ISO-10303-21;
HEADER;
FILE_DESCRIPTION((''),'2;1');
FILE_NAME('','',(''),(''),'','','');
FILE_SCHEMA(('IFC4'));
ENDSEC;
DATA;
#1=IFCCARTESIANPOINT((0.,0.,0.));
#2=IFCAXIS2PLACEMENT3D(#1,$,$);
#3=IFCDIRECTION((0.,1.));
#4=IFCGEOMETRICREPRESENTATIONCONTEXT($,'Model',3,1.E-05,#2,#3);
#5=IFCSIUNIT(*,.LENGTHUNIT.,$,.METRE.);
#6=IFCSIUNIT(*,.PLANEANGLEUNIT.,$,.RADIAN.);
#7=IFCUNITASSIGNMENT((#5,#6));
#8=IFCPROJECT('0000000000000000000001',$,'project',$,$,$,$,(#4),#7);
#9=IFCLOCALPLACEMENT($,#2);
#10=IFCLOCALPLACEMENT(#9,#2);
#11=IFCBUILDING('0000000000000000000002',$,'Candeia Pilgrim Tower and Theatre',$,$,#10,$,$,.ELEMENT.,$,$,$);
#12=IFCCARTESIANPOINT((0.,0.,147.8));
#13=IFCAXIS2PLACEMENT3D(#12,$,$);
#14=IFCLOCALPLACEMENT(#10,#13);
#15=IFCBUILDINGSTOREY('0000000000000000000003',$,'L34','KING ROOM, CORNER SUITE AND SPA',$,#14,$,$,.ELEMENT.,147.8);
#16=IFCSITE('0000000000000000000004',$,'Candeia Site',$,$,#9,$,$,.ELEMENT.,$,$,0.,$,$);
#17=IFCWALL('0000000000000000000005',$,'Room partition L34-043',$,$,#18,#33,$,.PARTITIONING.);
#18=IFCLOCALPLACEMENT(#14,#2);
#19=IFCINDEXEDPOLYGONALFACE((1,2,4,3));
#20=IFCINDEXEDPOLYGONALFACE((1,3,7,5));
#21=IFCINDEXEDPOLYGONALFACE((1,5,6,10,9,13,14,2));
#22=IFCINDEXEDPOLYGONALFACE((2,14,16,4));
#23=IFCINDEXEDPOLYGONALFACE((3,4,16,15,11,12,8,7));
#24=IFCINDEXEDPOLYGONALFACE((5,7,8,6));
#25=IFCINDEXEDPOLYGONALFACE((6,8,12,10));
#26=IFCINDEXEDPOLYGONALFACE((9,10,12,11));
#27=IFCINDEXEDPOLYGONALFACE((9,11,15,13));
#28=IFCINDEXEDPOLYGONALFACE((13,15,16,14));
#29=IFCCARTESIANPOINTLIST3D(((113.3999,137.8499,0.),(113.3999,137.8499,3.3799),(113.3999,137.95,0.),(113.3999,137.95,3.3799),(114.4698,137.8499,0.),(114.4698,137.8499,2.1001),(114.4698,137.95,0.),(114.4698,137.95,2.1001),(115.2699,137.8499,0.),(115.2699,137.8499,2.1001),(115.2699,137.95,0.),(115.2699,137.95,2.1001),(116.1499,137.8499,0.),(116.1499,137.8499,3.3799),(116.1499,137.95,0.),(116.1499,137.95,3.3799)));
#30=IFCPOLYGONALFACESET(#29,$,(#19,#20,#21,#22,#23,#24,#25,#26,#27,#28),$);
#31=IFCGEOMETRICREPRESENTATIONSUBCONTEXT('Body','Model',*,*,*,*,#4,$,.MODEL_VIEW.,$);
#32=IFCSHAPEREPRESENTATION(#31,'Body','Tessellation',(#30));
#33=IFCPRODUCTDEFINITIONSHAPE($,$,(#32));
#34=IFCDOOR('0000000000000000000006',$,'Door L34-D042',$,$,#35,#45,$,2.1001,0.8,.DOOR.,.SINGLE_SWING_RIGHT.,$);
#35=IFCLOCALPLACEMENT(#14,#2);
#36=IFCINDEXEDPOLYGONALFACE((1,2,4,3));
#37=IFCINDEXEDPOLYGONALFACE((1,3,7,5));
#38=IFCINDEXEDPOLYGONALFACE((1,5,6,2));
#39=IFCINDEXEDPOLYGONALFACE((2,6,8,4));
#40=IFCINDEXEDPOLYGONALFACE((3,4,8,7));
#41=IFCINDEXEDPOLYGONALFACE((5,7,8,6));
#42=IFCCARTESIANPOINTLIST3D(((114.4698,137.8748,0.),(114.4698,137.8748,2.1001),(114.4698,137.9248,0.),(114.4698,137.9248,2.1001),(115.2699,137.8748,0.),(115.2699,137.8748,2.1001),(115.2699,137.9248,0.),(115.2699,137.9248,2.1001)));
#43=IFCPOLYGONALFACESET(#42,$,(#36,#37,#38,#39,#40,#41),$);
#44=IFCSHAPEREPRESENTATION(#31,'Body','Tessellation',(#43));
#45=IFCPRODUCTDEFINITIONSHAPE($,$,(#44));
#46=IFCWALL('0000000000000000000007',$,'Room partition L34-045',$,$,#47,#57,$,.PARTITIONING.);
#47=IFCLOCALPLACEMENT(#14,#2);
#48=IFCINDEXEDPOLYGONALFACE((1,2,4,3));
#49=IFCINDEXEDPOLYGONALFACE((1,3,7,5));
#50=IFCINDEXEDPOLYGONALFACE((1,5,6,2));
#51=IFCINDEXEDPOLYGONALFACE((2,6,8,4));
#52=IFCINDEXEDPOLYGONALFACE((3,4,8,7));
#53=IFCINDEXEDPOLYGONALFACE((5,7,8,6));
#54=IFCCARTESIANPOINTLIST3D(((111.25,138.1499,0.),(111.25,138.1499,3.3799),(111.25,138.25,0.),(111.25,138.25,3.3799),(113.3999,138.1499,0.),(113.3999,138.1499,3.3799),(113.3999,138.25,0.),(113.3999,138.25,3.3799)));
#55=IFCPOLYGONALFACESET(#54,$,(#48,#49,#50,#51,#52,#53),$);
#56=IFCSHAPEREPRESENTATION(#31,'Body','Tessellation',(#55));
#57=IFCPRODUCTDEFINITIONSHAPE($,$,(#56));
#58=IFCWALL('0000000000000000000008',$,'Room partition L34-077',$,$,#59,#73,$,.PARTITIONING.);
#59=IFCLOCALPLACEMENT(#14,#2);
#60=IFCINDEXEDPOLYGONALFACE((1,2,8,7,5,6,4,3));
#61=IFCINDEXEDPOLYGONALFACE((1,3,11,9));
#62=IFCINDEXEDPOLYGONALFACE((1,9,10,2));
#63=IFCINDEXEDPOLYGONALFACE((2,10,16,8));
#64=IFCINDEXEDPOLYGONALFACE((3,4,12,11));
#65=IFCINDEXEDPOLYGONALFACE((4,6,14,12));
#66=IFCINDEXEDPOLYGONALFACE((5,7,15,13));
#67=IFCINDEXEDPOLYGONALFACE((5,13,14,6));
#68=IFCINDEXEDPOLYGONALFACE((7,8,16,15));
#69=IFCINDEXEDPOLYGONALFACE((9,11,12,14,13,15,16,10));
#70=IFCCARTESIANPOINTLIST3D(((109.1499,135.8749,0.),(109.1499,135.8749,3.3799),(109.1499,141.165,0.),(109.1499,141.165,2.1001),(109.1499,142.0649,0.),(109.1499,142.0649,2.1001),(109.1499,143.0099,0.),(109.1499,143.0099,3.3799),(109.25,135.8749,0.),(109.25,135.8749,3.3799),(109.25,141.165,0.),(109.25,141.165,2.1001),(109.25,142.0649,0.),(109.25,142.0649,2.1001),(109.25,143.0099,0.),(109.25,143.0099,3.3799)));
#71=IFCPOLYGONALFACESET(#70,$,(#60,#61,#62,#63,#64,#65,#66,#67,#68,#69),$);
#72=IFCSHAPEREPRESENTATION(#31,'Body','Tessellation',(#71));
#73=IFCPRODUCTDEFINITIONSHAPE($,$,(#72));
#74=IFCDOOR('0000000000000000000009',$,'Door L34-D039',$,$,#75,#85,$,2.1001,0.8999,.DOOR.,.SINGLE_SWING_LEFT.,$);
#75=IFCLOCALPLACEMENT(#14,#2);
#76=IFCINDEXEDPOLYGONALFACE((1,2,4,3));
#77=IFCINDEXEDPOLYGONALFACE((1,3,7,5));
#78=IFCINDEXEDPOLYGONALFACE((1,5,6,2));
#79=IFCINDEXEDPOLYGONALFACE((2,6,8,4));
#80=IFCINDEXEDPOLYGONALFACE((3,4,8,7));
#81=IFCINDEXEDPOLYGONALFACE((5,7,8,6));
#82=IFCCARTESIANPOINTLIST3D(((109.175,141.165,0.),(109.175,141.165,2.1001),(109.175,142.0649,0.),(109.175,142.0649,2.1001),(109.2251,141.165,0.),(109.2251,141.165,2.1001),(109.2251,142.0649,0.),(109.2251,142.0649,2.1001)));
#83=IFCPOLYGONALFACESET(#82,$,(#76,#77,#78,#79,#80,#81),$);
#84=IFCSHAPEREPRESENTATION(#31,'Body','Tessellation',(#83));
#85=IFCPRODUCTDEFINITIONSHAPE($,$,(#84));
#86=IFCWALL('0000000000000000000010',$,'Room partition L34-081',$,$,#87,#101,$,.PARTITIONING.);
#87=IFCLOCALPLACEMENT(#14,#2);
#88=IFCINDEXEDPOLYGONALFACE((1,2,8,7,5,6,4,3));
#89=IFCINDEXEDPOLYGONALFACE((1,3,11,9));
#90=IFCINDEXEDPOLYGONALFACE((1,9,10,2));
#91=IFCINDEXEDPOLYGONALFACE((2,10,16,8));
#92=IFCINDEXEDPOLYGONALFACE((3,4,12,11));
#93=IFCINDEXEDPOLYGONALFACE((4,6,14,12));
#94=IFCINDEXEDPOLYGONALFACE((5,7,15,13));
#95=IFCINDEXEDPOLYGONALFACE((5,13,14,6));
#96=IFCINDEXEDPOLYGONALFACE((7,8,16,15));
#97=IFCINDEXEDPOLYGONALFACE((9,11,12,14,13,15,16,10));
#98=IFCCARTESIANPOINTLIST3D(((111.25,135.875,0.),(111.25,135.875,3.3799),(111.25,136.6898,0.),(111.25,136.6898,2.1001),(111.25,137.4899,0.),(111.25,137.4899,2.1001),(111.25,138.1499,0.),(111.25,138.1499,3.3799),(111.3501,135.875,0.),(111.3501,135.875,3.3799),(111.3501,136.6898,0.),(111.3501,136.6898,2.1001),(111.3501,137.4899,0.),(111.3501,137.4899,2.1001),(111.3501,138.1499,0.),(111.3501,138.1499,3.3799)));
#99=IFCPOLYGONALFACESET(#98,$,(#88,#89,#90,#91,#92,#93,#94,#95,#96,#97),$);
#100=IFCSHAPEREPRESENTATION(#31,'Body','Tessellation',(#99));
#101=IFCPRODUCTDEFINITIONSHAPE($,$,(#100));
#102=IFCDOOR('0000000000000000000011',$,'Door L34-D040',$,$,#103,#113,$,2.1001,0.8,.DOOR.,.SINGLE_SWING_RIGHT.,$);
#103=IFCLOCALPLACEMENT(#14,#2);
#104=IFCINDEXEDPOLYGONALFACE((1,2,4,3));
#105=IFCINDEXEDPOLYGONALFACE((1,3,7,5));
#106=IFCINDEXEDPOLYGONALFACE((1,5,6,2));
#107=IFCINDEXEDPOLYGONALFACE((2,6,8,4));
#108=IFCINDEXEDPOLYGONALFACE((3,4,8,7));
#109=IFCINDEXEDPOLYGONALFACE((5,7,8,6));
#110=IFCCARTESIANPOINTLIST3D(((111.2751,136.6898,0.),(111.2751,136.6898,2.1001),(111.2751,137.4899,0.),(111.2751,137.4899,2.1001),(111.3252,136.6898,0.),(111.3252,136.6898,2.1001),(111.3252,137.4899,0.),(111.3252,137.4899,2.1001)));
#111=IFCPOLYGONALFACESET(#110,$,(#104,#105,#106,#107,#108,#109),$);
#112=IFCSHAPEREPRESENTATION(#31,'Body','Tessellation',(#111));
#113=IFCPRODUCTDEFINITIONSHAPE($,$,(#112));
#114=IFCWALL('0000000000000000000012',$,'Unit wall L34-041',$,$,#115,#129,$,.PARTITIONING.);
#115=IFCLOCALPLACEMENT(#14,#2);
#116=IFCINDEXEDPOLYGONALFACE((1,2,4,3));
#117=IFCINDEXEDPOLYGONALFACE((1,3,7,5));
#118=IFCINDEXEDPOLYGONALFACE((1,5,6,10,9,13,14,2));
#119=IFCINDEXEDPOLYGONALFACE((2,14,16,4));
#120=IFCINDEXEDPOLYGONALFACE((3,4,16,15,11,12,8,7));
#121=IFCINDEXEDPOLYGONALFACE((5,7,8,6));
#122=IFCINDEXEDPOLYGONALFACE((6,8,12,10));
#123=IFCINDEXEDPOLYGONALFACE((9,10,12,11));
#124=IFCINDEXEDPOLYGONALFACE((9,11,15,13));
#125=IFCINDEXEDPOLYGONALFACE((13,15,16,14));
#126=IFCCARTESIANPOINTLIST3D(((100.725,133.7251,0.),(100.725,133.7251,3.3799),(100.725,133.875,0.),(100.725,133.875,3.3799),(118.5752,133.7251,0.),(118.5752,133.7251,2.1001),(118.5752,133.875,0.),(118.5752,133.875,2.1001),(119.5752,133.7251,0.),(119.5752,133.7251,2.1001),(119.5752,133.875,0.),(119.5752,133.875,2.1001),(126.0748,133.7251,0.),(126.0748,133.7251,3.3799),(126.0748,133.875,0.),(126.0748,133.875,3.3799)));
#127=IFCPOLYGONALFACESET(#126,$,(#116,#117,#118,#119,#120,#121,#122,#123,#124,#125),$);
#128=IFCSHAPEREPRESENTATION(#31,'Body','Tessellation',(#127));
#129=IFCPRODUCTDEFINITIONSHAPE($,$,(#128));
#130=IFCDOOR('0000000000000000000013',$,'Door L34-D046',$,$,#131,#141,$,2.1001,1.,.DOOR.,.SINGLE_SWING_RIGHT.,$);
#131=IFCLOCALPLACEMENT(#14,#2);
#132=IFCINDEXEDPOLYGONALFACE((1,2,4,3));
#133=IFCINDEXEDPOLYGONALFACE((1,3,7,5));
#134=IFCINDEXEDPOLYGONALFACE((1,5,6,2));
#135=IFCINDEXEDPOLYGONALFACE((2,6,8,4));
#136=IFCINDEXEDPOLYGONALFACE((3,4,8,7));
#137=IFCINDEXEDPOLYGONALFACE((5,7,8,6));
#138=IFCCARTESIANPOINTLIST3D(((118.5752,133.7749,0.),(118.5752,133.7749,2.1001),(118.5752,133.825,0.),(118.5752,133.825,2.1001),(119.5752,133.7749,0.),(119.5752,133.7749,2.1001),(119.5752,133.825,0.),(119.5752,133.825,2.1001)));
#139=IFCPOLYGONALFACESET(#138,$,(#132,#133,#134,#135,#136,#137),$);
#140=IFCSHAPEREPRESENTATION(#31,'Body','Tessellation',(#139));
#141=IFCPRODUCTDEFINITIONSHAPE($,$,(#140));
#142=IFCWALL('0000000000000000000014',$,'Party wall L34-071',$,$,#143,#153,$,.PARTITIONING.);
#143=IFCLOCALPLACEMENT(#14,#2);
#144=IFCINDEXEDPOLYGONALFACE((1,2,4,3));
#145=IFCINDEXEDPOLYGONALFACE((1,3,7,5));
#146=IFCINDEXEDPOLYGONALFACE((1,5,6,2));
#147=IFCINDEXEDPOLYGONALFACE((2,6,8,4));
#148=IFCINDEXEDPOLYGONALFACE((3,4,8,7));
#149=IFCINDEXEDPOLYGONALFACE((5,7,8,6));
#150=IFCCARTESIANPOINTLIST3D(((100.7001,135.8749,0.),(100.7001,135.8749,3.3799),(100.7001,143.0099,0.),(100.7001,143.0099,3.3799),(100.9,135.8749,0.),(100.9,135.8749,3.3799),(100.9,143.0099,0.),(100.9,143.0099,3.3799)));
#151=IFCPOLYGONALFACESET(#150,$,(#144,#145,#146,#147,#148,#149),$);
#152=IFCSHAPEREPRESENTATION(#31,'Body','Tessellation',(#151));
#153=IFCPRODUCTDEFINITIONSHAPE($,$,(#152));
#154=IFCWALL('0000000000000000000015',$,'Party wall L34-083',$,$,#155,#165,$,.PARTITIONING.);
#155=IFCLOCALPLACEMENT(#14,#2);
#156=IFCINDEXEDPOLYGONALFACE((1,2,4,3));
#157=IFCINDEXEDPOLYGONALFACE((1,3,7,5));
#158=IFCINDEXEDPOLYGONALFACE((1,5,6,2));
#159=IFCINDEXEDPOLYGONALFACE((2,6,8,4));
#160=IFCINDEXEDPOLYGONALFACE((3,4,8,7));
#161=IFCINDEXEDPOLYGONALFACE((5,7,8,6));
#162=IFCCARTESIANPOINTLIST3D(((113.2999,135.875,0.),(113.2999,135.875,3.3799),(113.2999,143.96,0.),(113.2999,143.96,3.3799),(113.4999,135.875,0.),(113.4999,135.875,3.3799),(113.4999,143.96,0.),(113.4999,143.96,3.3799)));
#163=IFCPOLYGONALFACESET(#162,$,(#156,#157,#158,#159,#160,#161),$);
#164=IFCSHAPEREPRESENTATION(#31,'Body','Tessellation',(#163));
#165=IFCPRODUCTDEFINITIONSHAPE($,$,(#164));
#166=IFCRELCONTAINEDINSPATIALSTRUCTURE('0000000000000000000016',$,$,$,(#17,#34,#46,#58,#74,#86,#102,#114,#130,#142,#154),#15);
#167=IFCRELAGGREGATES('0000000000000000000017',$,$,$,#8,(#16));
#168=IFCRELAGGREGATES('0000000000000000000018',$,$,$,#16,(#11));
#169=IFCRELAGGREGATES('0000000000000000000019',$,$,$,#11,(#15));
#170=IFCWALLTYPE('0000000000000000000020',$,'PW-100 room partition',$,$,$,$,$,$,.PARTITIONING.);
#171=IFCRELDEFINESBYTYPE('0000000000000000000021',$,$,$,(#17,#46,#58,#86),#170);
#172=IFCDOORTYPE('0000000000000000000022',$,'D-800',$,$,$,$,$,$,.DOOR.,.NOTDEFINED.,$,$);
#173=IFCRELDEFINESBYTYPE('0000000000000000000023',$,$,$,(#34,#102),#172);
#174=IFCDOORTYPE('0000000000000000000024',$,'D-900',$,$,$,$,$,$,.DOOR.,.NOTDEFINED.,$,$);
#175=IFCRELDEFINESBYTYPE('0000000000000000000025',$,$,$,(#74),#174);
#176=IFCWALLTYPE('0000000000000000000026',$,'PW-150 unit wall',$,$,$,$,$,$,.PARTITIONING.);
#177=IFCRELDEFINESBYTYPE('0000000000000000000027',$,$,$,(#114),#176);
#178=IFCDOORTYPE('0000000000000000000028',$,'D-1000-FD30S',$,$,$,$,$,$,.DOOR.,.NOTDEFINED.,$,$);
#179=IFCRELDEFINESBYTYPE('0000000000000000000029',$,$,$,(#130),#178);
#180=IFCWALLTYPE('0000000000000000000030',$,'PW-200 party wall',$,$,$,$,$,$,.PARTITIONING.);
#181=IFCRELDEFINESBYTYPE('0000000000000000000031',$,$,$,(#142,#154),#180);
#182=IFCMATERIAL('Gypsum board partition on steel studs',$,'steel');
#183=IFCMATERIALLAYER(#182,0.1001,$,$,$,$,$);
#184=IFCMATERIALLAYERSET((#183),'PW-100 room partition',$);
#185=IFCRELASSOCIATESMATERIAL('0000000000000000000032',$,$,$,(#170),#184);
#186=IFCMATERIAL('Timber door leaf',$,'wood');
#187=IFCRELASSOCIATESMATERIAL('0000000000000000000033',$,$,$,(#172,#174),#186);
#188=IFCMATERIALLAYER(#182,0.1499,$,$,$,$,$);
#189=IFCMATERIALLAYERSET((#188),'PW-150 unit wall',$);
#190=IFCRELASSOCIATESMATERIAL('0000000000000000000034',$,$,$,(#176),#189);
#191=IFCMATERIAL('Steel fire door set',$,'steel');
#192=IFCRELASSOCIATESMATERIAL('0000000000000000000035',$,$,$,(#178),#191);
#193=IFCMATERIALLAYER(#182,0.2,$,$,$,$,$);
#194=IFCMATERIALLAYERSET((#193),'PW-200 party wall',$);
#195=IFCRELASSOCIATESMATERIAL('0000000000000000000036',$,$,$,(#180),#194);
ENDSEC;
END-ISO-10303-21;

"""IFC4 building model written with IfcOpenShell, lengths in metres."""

from ifc_helpers import new_model, si_unit, direction, frame, frame_2d, origin, place, context, subcontext, project, spatial, rectangle, extrude, material, layer, layer_set, type_object, element, fill, save


model = new_model("IFC4")

# Units and contexts
model_context = context("Model", 3, precision=1e-05, world=origin(), true_north=direction((0.0, 1.0)))
body_context = subcontext(model_context, "Body", "Model", "MODEL_VIEW")
ifc_project = project(units=[si_unit("LENGTHUNIT", "METRE"), si_unit("PLANEANGLEUNIT", "RADIAN")], contexts=[model_context])

# Site, building, storey
site_placement = place(None, origin())
site = spatial("IfcSite", under=ifc_project, at=site_placement, Name="Candeia Site", CompositionType="ELEMENT", RefElevation=0.0)
building_placement = place(site_placement, origin())
building = spatial("IfcBuilding", under=site, at=building_placement, Name="Candeia Pilgrim Tower and Theatre", CompositionType="ELEMENT")
storey_placement = place(building_placement, frame((0.0, 0.0, 147.8)))
storey = spatial("IfcBuildingStorey", under=building, at=storey_placement, Name="L34", Description="KING ROOM, CORNER SUITE AND SPA", CompositionType="ELEMENT", Elevation=147.8)

# Wall, opening, door
ifc_material_1 = material(Name="Gypsum board partition on steel studs", Category="steel")
ifc_layer_1 = layer(ifc_material_1, 0.1001)
ifc_layer_set_1 = layer_set([ifc_layer_1], Name="PW-100 room partition")
wall_type_1 = type_object("IfcWallType", Name="PW-100 room partition", PredefinedType="PARTITIONING", material=ifc_layer_set_1)
wall_1_placement = place(storey_placement, frame((113.3999, 137.8999, 0.0), z_axis=(0.0, 0.0, 1.0), x_axis=(1.0, 0.0, 0.0)))
wall_1 = element("IfcWall", 1, at=wall_1_placement, inside=storey, type_object=wall_type_1, Name="Room partition L34-043", PredefinedType="PARTITIONING", context=body_context, shape_type="SweptSolid", body=[
    extrude(rectangle(XDim=2.75, YDim=0.1001, at=frame_2d((1.375, 0.0))), origin(), (0.0, 0.0, 1.0), 3.3799),
])
opening_1_placement = place(wall_1_placement, frame((1.0701, 0.0, 0.0)))
opening_1 = element("IfcOpeningElement", 2, at=opening_1_placement, cuts=wall_1, PredefinedType="OPENING", context=body_context, shape_type="SweptSolid", body=[
    extrude(rectangle(XDim=0.8, YDim=2.1001, at=frame_2d((0.3999, 1.05))), frame((0.0, 0.0601, 0.0), z_axis=(0.0, -1.0, 0.0), x_axis=(1.0, 0.0, 0.0)), (0.0, 0.0, 1.0), 0.1201),
])
ifc_material_2 = material(Name="Timber door leaf", Category="wood")
door_type_1 = type_object("IfcDoorType", Name="D-800", OperationType="NOTDEFINED", PredefinedType="DOOR", material=ifc_material_2)
door_1_placement = place(opening_1_placement, origin())
door_1 = element("IfcDoor", 3, at=door_1_placement, inside=storey, type_object=door_type_1, Name="Door L34-D042", OperationType="SINGLE_SWING_RIGHT", OverallHeight=2.1001, OverallWidth=0.8, PredefinedType="DOOR", context=body_context, shape_type="SweptSolid", body=[
    extrude(rectangle(XDim=0.8, YDim=2.1001, at=frame_2d((0.3999, 1.05))), frame((0.0, 0.0249, 0.0), z_axis=(0.0, -1.0, 0.0), x_axis=(1.0, 0.0, 0.0)), (0.0, 0.0, 1.0), 0.05),
])
fill(opening_1, door_1)

# Wall
wall_2_placement = place(storey_placement, frame((111.25, 138.2, 0.0), z_axis=(0.0, 0.0, 1.0), x_axis=(1.0, 0.0, 0.0)))
element("IfcWall", 4, at=wall_2_placement, inside=storey, type_object=wall_type_1, Name="Room partition L34-045", PredefinedType="PARTITIONING", context=body_context, shape_type="SweptSolid", body=[
    extrude(rectangle(XDim=2.1499, YDim=0.1001, at=frame_2d((1.075, 0.0))), origin(), (0.0, 0.0, 1.0), 3.3799),
])

# Walls, openings, doors
wall_3_placement = place(storey_placement, frame((109.2, 135.875, 0.0), z_axis=(0.0, 0.0, 1.0), x_axis=(0.0, 1.0, 0.0)))
wall_3 = element("IfcWall", 5, at=wall_3_placement, inside=storey, type_object=wall_type_1, Name="Room partition L34-077", PredefinedType="PARTITIONING", context=body_context, shape_type="SweptSolid", body=[
    extrude(rectangle(XDim=7.135, YDim=0.1001, at=frame_2d((3.5674, 0.0))), origin(), (0.0, 0.0, 1.0), 3.3799),
])
opening_2_placement = place(wall_3_placement, frame((5.29, 0.0, 0.0)))
opening_2 = element("IfcOpeningElement", 6, at=opening_2_placement, cuts=wall_3, PredefinedType="OPENING", context=body_context, shape_type="SweptSolid", body=[
    extrude(rectangle(XDim=0.8999, YDim=2.1001, at=frame_2d((0.45, 1.05))), frame((0.0, 0.0601, 0.0), z_axis=(0.0, -1.0, 0.0), x_axis=(1.0, 0.0, 0.0)), (0.0, 0.0, 1.0), 0.1201),
])
door_type_2 = type_object("IfcDoorType", Name="D-900", OperationType="NOTDEFINED", PredefinedType="DOOR", material=ifc_material_2)
door_2_placement = place(opening_2_placement, origin())
door_2 = element("IfcDoor", 7, at=door_2_placement, inside=storey, type_object=door_type_2, Name="Door L34-D039", OperationType="SINGLE_SWING_LEFT", OverallHeight=2.1001, OverallWidth=0.8999, PredefinedType="DOOR", context=body_context, shape_type="SweptSolid", body=[
    extrude(rectangle(XDim=0.8999, YDim=2.1001, at=frame_2d((0.45, 1.05))), frame((0.0, 0.0249, 0.0), z_axis=(0.0, -1.0, 0.0), x_axis=(1.0, 0.0, 0.0)), (0.0, 0.0, 1.0), 0.05),
])
fill(opening_2, door_2)
wall_4_placement = place(storey_placement, frame((111.3, 135.875, 0.0), z_axis=(0.0, 0.0, 1.0), x_axis=(0.0, 1.0, 0.0)))
wall_4 = element("IfcWall", 8, at=wall_4_placement, inside=storey, type_object=wall_type_1, Name="Room partition L34-081", PredefinedType="PARTITIONING", context=body_context, shape_type="SweptSolid", body=[
    extrude(rectangle(XDim=2.2749, YDim=0.1001, at=frame_2d((1.1375, 0.0))), origin(), (0.0, 0.0, 1.0), 3.3799),
])
opening_3_placement = place(wall_4_placement, frame((0.8149, 0.0, 0.0)))
opening_3 = element("IfcOpeningElement", 9, at=opening_3_placement, cuts=wall_4, PredefinedType="OPENING", context=body_context, shape_type="SweptSolid", body=[
    extrude(rectangle(XDim=0.8, YDim=2.1001, at=frame_2d((0.3999, 1.05))), frame((0.0, 0.0601, 0.0), z_axis=(0.0, -1.0, 0.0), x_axis=(1.0, 0.0, 0.0)), (0.0, 0.0, 1.0), 0.1201),
])
door_3_placement = place(opening_3_placement, origin())
door_3 = element("IfcDoor", 10, at=door_3_placement, inside=storey, type_object=door_type_1, Name="Door L34-D040", OperationType="SINGLE_SWING_RIGHT", OverallHeight=2.1001, OverallWidth=0.8, PredefinedType="DOOR", context=body_context, shape_type="SweptSolid", body=[
    extrude(rectangle(XDim=0.8, YDim=2.1001, at=frame_2d((0.3999, 1.05))), frame((0.0, 0.0249, 0.0), z_axis=(0.0, -1.0, 0.0), x_axis=(1.0, 0.0, 0.0)), (0.0, 0.0, 1.0), 0.05),
])
fill(opening_3, door_3)
ifc_layer_2 = layer(ifc_material_1, 0.1499)
ifc_layer_set_2 = layer_set([ifc_layer_2], Name="PW-150 unit wall")
wall_type_2 = type_object("IfcWallType", Name="PW-150 unit wall", PredefinedType="PARTITIONING", material=ifc_layer_set_2)
wall_5_placement = place(storey_placement, frame((100.7251, 133.8, 0.0), z_axis=(0.0, 0.0, 1.0), x_axis=(1.0, 0.0, 0.0)))
wall_5 = element("IfcWall", 11, at=wall_5_placement, inside=storey, type_object=wall_type_2, Name="Unit wall L34-041", PredefinedType="PARTITIONING", context=body_context, shape_type="SweptSolid", body=[
    extrude(rectangle(XDim=25.3499, YDim=0.1499, at=frame_2d((12.6748, 0.0))), origin(), (0.0, 0.0, 1.0), 3.3799),
])
opening_4_placement = place(wall_5_placement, frame((17.8501, 0.0, 0.0)))
opening_4 = element("IfcOpeningElement", 12, at=opening_4_placement, cuts=wall_5, PredefinedType="OPENING", context=body_context, shape_type="SweptSolid", body=[
    extrude(rectangle(XDim=1.0, YDim=2.1001, at=frame_2d((0.5, 1.05))), frame((0.0, 0.085, 0.0), z_axis=(0.0, -1.0, 0.0), x_axis=(1.0, 0.0, 0.0)), (0.0, 0.0, 1.0), 0.1699),
])
ifc_material_3 = material(Name="Steel fire door set", Category="steel")
door_type_3 = type_object("IfcDoorType", Name="D-1000-FD30S", OperationType="NOTDEFINED", PredefinedType="DOOR", material=ifc_material_3)
door_4_placement = place(opening_4_placement, origin())
door_4 = element("IfcDoor", 13, at=door_4_placement, inside=storey, type_object=door_type_3, Name="Door L34-D046", OperationType="SINGLE_SWING_RIGHT", OverallHeight=2.1001, OverallWidth=1.0, PredefinedType="DOOR", context=body_context, shape_type="SweptSolid", body=[
    extrude(rectangle(XDim=1.0, YDim=2.1001, at=frame_2d((0.5, 1.05))), frame((0.0, 0.0249, 0.0), z_axis=(0.0, -1.0, 0.0), x_axis=(1.0, 0.0, 0.0)), (0.0, 0.0, 1.0), 0.05),
])
fill(opening_4, door_4)

# Walls
ifc_layer_3 = layer(ifc_material_1, 0.2)
ifc_layer_set_3 = layer_set([ifc_layer_3], Name="PW-200 party wall")
wall_type_3 = type_object("IfcWallType", Name="PW-200 party wall", PredefinedType="PARTITIONING", material=ifc_layer_set_3)
wall_6_placement = place(storey_placement, frame((100.8, 135.875, 0.0), z_axis=(0.0, 0.0, 1.0), x_axis=(0.0, 1.0, 0.0)))
element("IfcWall", 14, at=wall_6_placement, inside=storey, type_object=wall_type_3, Name="Party wall L34-071", PredefinedType="PARTITIONING", context=body_context, shape_type="SweptSolid", body=[
    extrude(rectangle(XDim=7.135, YDim=0.2, at=frame_2d((3.5674, 0.0))), origin(), (0.0, 0.0, 1.0), 3.3799),
])
wall_7_placement = place(storey_placement, frame((113.3999, 135.875, 0.0), z_axis=(0.0, 0.0, 1.0), x_axis=(0.0, 1.0, 0.0)))
element("IfcWall", 15, at=wall_7_placement, inside=storey, type_object=wall_type_3, Name="Party wall L34-083", PredefinedType="PARTITIONING", context=body_context, shape_type="SweptSolid", body=[
    extrude(rectangle(XDim=8.085, YDim=0.2, at=frame_2d((4.0425, 0.0))), origin(), (0.0, 0.0, 1.0), 3.3799),
])

save(model, "model.ifc")
